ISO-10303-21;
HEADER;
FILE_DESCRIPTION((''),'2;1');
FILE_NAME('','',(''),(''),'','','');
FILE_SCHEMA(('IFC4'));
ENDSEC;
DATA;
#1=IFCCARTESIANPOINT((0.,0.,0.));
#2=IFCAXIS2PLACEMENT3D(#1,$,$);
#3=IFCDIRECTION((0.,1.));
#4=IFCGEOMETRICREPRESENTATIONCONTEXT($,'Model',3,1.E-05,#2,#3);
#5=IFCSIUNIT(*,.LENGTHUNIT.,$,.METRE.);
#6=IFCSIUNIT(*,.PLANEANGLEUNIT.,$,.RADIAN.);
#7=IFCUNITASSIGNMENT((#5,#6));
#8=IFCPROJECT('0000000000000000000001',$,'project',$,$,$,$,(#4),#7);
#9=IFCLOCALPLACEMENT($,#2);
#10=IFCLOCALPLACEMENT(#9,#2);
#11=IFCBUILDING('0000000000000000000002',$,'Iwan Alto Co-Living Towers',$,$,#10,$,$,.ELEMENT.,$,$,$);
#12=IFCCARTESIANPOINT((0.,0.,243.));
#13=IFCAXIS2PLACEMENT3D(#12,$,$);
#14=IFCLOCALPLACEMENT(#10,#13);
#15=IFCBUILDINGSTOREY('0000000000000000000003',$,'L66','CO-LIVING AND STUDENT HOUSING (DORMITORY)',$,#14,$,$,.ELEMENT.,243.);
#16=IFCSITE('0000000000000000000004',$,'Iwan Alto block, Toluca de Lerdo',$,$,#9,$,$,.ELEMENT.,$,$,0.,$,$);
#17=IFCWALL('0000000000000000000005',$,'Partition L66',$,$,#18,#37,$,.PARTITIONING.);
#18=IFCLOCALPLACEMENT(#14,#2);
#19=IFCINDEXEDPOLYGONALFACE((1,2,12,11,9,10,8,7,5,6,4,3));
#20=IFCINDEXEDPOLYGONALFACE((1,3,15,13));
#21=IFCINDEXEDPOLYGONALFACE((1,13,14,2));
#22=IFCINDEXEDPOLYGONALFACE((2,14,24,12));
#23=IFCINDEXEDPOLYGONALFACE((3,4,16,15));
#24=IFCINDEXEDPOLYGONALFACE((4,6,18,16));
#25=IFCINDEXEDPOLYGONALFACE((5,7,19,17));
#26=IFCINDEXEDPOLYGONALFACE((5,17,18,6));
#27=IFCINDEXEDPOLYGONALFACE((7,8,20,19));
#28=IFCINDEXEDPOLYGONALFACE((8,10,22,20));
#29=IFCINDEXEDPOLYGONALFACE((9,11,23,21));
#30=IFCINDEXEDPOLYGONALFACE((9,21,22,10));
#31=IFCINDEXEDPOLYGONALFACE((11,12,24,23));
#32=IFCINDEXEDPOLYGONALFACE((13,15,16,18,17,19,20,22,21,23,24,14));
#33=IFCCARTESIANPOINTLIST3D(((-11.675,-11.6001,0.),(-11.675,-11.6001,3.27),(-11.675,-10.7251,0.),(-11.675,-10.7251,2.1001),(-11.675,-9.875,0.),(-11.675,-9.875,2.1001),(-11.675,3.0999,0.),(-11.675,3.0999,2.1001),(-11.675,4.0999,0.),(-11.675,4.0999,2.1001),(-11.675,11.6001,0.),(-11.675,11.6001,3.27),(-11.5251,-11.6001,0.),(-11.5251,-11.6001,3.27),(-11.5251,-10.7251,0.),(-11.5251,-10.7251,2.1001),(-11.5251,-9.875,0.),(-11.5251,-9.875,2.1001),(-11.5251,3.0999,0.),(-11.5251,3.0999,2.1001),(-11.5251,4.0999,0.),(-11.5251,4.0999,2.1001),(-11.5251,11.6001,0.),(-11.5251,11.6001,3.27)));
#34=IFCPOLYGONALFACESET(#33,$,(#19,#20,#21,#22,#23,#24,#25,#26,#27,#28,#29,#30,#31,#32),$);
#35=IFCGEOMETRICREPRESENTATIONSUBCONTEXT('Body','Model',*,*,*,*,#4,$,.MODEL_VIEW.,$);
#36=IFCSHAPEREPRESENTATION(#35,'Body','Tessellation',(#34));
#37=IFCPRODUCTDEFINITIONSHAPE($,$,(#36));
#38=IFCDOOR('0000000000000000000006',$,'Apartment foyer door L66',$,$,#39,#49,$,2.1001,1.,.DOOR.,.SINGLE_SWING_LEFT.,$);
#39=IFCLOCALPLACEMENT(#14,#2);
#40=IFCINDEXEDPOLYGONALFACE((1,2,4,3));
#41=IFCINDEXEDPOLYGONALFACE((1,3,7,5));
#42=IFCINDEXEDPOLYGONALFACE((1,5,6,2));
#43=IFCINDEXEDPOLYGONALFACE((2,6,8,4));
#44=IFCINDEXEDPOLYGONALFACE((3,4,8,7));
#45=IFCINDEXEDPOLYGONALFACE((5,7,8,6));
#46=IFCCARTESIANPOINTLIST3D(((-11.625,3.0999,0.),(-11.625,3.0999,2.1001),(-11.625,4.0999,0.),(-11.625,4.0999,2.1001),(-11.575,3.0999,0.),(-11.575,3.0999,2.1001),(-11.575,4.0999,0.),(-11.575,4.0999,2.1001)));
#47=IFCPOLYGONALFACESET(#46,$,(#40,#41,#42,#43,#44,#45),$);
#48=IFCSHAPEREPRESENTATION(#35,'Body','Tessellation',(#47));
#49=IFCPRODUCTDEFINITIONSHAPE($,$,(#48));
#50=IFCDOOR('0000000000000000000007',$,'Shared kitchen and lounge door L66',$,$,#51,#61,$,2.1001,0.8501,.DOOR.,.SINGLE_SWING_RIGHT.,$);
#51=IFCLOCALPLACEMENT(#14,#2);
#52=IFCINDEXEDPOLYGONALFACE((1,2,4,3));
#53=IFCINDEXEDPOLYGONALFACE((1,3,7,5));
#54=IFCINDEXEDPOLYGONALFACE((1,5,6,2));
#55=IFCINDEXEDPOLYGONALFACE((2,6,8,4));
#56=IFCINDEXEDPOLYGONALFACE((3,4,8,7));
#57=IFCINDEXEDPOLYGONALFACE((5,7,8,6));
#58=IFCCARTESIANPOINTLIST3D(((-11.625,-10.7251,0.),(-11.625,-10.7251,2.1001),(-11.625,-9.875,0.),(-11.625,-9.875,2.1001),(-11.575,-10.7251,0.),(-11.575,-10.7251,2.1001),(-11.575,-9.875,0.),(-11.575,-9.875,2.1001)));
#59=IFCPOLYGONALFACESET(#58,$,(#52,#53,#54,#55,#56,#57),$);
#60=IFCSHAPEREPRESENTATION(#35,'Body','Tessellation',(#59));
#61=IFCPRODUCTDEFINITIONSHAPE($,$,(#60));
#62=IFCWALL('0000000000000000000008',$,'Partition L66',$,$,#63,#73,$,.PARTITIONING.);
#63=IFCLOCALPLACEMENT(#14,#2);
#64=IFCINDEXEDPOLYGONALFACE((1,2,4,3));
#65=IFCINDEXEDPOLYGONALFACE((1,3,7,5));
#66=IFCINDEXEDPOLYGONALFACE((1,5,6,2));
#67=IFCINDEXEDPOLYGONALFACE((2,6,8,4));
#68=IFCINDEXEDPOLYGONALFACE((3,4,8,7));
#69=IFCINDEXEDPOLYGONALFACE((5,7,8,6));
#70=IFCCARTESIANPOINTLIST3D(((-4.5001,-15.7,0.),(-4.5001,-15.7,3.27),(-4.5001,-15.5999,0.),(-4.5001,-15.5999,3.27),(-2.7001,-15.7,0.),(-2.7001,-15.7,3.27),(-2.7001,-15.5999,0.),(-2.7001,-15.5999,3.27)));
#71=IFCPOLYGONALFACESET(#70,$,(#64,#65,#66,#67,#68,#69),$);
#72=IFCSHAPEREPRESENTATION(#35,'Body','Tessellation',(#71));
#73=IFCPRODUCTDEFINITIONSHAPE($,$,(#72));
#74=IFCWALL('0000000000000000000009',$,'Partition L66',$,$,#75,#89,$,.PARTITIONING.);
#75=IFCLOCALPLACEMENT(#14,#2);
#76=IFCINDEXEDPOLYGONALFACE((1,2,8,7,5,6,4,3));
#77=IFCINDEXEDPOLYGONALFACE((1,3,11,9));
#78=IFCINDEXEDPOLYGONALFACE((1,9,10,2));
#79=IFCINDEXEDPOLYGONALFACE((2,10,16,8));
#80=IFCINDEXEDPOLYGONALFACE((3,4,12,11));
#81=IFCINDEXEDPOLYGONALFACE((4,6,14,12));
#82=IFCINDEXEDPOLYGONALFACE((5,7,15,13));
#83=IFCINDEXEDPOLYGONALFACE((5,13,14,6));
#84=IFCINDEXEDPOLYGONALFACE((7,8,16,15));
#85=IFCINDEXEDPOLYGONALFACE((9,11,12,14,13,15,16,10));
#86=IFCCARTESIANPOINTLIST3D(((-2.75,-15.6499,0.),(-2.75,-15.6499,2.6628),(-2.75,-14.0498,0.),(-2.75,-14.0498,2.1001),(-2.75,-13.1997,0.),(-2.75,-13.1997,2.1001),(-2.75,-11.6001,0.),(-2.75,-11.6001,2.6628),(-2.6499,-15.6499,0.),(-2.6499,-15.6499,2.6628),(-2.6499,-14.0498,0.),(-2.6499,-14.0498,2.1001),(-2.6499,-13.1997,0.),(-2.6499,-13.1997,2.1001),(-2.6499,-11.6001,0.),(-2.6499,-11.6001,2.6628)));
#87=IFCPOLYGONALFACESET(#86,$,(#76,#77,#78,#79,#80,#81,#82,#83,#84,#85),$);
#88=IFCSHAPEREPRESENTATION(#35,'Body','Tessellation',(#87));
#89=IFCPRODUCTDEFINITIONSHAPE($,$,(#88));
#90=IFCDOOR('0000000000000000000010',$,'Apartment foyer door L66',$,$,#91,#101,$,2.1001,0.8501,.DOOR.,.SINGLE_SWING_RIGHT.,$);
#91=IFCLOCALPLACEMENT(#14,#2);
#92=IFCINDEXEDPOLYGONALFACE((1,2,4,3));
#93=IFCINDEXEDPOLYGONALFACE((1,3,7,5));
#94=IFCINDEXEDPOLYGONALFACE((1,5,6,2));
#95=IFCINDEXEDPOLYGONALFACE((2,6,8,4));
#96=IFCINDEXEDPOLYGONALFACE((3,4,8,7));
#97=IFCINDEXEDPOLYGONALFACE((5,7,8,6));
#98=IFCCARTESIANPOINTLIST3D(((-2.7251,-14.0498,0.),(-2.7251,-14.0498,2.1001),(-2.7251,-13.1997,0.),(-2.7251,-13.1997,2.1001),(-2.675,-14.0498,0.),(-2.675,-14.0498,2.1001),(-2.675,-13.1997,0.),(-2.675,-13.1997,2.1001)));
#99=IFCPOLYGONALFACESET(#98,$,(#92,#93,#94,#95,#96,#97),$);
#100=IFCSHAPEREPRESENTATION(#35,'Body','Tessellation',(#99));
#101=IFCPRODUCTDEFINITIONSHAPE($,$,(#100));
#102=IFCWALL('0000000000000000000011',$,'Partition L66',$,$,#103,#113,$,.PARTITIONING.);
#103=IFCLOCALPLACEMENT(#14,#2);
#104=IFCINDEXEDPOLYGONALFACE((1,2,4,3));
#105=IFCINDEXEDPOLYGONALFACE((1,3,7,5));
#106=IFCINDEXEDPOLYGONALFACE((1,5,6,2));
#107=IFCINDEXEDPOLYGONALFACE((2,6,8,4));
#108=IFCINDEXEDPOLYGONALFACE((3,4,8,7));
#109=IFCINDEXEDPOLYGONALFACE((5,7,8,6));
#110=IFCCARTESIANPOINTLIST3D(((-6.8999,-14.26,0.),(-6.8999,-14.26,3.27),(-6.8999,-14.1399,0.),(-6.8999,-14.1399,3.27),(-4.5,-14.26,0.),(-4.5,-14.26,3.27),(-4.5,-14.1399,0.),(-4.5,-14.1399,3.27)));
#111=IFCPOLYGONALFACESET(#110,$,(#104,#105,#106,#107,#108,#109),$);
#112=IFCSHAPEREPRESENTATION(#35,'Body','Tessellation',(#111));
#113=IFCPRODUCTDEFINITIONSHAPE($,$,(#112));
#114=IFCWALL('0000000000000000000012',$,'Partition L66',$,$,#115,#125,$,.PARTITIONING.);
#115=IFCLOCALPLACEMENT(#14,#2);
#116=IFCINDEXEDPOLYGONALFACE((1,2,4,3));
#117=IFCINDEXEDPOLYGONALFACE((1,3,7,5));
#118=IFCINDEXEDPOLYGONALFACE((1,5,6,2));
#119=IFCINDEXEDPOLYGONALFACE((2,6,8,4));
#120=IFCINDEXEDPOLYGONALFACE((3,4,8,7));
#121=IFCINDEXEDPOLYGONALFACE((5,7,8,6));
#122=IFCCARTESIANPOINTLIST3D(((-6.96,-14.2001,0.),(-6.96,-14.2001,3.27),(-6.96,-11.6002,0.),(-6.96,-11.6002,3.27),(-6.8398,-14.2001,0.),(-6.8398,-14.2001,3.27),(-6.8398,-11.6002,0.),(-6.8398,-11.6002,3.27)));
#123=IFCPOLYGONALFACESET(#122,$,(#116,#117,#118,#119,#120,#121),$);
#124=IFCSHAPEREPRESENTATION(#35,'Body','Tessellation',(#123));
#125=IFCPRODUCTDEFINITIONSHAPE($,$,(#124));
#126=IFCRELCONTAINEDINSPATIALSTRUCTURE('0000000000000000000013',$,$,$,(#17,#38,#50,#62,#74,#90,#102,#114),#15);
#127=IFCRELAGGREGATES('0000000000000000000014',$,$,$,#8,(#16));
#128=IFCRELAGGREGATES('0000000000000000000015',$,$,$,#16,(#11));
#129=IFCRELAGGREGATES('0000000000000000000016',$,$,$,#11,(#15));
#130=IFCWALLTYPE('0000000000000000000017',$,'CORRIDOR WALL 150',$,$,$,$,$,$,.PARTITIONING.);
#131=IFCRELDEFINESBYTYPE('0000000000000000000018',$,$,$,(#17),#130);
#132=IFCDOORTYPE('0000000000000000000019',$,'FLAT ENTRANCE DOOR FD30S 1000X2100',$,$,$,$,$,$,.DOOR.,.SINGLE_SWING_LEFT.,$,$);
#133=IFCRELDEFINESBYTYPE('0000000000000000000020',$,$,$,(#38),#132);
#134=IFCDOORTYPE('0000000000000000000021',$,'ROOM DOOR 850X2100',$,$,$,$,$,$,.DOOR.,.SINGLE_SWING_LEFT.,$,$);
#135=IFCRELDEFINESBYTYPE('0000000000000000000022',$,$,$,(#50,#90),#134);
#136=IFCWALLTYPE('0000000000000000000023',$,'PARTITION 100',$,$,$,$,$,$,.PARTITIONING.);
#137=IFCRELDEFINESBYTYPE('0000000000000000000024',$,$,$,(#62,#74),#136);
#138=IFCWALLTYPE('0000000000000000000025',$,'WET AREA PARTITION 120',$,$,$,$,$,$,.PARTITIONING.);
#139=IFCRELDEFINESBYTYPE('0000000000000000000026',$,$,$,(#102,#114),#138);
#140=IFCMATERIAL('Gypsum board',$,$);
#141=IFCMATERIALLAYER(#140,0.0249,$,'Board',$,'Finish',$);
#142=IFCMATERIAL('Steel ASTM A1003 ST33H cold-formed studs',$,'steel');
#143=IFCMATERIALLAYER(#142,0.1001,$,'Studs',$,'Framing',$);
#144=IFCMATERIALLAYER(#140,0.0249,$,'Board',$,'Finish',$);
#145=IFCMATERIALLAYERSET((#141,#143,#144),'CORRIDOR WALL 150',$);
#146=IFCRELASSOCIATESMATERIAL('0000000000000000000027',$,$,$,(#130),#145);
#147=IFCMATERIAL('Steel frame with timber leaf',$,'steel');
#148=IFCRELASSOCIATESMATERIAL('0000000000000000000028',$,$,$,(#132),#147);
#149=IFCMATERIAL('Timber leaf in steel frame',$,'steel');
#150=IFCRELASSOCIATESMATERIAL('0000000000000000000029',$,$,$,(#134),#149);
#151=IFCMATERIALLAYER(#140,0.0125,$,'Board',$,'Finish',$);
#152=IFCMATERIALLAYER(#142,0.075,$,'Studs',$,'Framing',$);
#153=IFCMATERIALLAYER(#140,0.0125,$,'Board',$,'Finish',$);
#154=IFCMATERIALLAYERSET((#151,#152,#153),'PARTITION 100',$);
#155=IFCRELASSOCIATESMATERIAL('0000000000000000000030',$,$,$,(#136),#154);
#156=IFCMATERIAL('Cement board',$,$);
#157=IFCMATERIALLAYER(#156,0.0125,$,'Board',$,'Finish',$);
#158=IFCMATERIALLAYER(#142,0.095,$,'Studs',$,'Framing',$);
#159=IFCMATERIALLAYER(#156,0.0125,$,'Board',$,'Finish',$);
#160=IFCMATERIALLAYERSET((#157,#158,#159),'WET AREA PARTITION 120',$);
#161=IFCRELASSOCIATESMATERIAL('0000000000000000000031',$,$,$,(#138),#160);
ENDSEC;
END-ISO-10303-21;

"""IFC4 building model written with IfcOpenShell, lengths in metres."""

from ifc_helpers import new_model, si_unit, direction, frame, frame_2d, origin, place, context, subcontext, project, spatial, rectangle, extrude, material, layer, layer_set, type_object, element, fill, save


model = new_model("IFC4")

# Units and contexts
model_context = context("Model", 3, precision=1e-05, world=origin(), true_north=direction((0.0, 1.0)))
body_context = subcontext(model_context, "Body", "Model", "MODEL_VIEW")
ifc_project = project(units=[si_unit("LENGTHUNIT", "METRE"), si_unit("PLANEANGLEUNIT", "RADIAN")], contexts=[model_context])

# Site, building, storey
site_placement = place(None, origin())
site = spatial("IfcSite", under=ifc_project, at=site_placement, Name="Iwan Alto block, Toluca de Lerdo", CompositionType="ELEMENT", RefElevation=0.0)
building_placement = place(site_placement, origin())
building = spatial("IfcBuilding", under=site, at=building_placement, Name="Iwan Alto Co-Living Towers", CompositionType="ELEMENT")
storey_placement = place(building_placement, frame((0.0, 0.0, 243.0)))
storey = spatial("IfcBuildingStorey", under=building, at=storey_placement, Name="L66", Description="CO-LIVING AND STUDENT HOUSING (DORMITORY)", CompositionType="ELEMENT", Elevation=243.0)

# Wall, openings, doors
ifc_material_1 = material(Name="Gypsum board")
ifc_layer_1 = layer(ifc_material_1, 0.0249, Name="Board", Category="Finish")
ifc_material_2 = material(Name="Steel ASTM A1003 ST33H cold-formed studs", Category="steel")
ifc_layer_2 = layer(ifc_material_2, 0.1001, Name="Studs", Category="Framing")
ifc_layer_3 = layer(ifc_material_1, 0.0249, Name="Board", Category="Finish")
ifc_layer_set_1 = layer_set([ifc_layer_1, ifc_layer_2, ifc_layer_3], Name="CORRIDOR WALL 150")
wall_type_1 = type_object("IfcWallType", Name="CORRIDOR WALL 150", PredefinedType="PARTITIONING", material=ifc_layer_set_1)
ifc_material_3 = material(Name="Steel frame with timber leaf", Category="steel")
door_type_1 = type_object("IfcDoorType", Name="FLAT ENTRANCE DOOR FD30S 1000X2100", OperationType="SINGLE_SWING_LEFT", PredefinedType="DOOR", material=ifc_material_3)
wall_1_placement = place(storey_placement, frame((-11.6001, -11.6001, 0.0), z_axis=(0.0, 0.0, 1.0), x_axis=(0.0, 1.0, 0.0)))
wall_1 = element("IfcWall", 1, at=wall_1_placement, inside=storey, type_object=wall_type_1, Name="Partition L66", PredefinedType="PARTITIONING", context=body_context, shape_type="SweptSolid", body=[
    extrude(rectangle(XDim=23.2002, YDim=0.1499, at=frame_2d((11.6001, 0.0))), origin(), (0.0, 0.0, 1.0), 3.27),
])
opening_1_placement = place(wall_1_placement, frame((14.7, 0.0, 0.0)))
opening_1 = element("IfcOpeningElement", 2, at=opening_1_placement, cuts=wall_1, PredefinedType="OPENING", context=body_context, shape_type="SweptSolid", body=[
    extrude(rectangle(XDim=1.0, YDim=2.1001, at=frame_2d((0.5, 1.05))), frame((0.0, 0.085, 0.0), z_axis=(0.0, -1.0, 0.0), x_axis=(1.0, 0.0, 0.0)), (0.0, 0.0, 1.0), 0.1699),
])
opening_2_placement = place(wall_1_placement, frame((0.875, 0.0, 0.0)))
opening_2 = element("IfcOpeningElement", 3, at=opening_2_placement, cuts=wall_1, PredefinedType="OPENING", context=body_context, shape_type="SweptSolid", body=[
    extrude(rectangle(XDim=0.8501, YDim=2.1001, at=frame_2d((0.425, 1.05))), frame((0.0, 0.085, 0.0), z_axis=(0.0, -1.0, 0.0), x_axis=(1.0, 0.0, 0.0)), (0.0, 0.0, 1.0), 0.1699),
])
door_1_placement = place(opening_1_placement, origin())
door_1 = element("IfcDoor", 4, at=door_1_placement, inside=storey, type_object=door_type_1, Name="Apartment foyer door L66", OperationType="SINGLE_SWING_LEFT", OverallHeight=2.1001, OverallWidth=1.0, PredefinedType="DOOR", context=body_context, shape_type="SweptSolid", body=[
    extrude(rectangle(XDim=1.0, YDim=2.1001, at=frame_2d((0.5, 1.05))), frame((0.0, 0.0249, 0.0), z_axis=(0.0, -1.0, 0.0), x_axis=(1.0, 0.0, 0.0)), (0.0, 0.0, 1.0), 0.05),
])
fill(opening_1, door_1)
ifc_material_4 = material(Name="Timber leaf in steel frame", Category="steel")
door_type_2 = type_object("IfcDoorType", Name="ROOM DOOR 850X2100", OperationType="SINGLE_SWING_LEFT", PredefinedType="DOOR", material=ifc_material_4)
door_2_placement = place(opening_2_placement, origin())
door_2 = element("IfcDoor", 5, at=door_2_placement, inside=storey, type_object=door_type_2, Name="Shared kitchen and lounge door L66", OperationType="SINGLE_SWING_RIGHT", OverallHeight=2.1001, OverallWidth=0.8501, PredefinedType="DOOR", context=body_context, shape_type="SweptSolid", body=[
    extrude(rectangle(XDim=0.8501, YDim=2.1001, at=frame_2d((0.425, 1.05))), frame((0.0, 0.0249, 0.0), z_axis=(0.0, -1.0, 0.0), x_axis=(1.0, 0.0, 0.0)), (0.0, 0.0, 1.0), 0.05),
])
fill(opening_2, door_2)

# Wall
ifc_layer_4 = layer(ifc_material_1, 0.0125, Name="Board", Category="Finish")
ifc_layer_5 = layer(ifc_material_2, 0.075, Name="Studs", Category="Framing")
ifc_layer_6 = layer(ifc_material_1, 0.0125, Name="Board", Category="Finish")
ifc_layer_set_2 = layer_set([ifc_layer_4, ifc_layer_5, ifc_layer_6], Name="PARTITION 100")
wall_type_2 = type_object("IfcWallType", Name="PARTITION 100", PredefinedType="PARTITIONING", material=ifc_layer_set_2)
wall_2_placement = place(storey_placement, frame((-4.5, -15.6499, 0.0), z_axis=(0.0, 0.0, 1.0), x_axis=(1.0, 0.0, 0.0)))
element("IfcWall", 6, at=wall_2_placement, inside=storey, type_object=wall_type_2, Name="Partition L66", PredefinedType="PARTITIONING", context=body_context, shape_type="SweptSolid", body=[
    extrude(rectangle(XDim=1.8, YDim=0.1001, at=frame_2d((0.8999, 0.0))), origin(), (0.0, 0.0, 1.0), 3.27),
])

# Wall, opening, door
wall_3_placement = place(storey_placement, frame((-2.7, -15.6499, 0.0), z_axis=(0.0, 0.0, 1.0), x_axis=(0.0, 1.0, 0.0)))
wall_3 = element("IfcWall", 7, at=wall_3_placement, inside=storey, type_object=wall_type_2, Name="Partition L66", PredefinedType="PARTITIONING", context=body_context, shape_type="SweptSolid", body=[
    extrude(rectangle(XDim=4.0498, YDim=0.1001, at=frame_2d((2.0249, 0.0))), origin(), (0.0, 0.0, 1.0), 2.6628),
])
opening_3_placement = place(wall_3_placement, frame((1.6001, 0.0, 0.0)))
opening_3 = element("IfcOpeningElement", 8, at=opening_3_placement, cuts=wall_3, PredefinedType="OPENING", context=body_context, shape_type="SweptSolid", body=[
    extrude(rectangle(XDim=0.8501, YDim=2.1001, at=frame_2d((0.425, 1.05))), frame((0.0, 0.0601, 0.0), z_axis=(0.0, -1.0, 0.0), x_axis=(1.0, 0.0, 0.0)), (0.0, 0.0, 1.0), 0.1201),
])
door_3_placement = place(opening_3_placement, frame((0.8501, 0.0, 0.0), z_axis=(0.0, 0.0, 1.0), x_axis=(-1.0, 0.0, 0.0)))
door_3 = element("IfcDoor", 9, at=door_3_placement, inside=storey, type_object=door_type_2, Name="Apartment foyer door L66", OperationType="SINGLE_SWING_RIGHT", OverallHeight=2.1001, OverallWidth=0.8501, PredefinedType="DOOR", context=body_context, shape_type="SweptSolid", body=[
    extrude(rectangle(XDim=0.8501, YDim=2.1001, at=frame_2d((0.425, 1.05))), frame((0.0, 0.0249, 0.0), z_axis=(0.0, -1.0, 0.0), x_axis=(1.0, 0.0, 0.0)), (0.0, 0.0, 1.0), 0.05),
])
fill(opening_3, door_3)

# Walls
ifc_material_5 = material(Name="Cement board")
ifc_layer_7 = layer(ifc_material_5, 0.0125, Name="Board", Category="Finish")
ifc_layer_8 = layer(ifc_material_2, 0.095, Name="Studs", Category="Framing")
ifc_layer_9 = layer(ifc_material_5, 0.0125, Name="Board", Category="Finish")
ifc_layer_set_3 = layer_set([ifc_layer_7, ifc_layer_8, ifc_layer_9], Name="WET AREA PARTITION 120")
wall_type_3 = type_object("IfcWallType", Name="WET AREA PARTITION 120", PredefinedType="PARTITIONING", material=ifc_layer_set_3)
wall_4_placement = place(storey_placement, frame((-6.8999, -14.2, 0.0), z_axis=(0.0, 0.0, 1.0), x_axis=(1.0, 0.0, 0.0)))
element("IfcWall", 10, at=wall_4_placement, inside=storey, type_object=wall_type_3, Name="Partition L66", PredefinedType="PARTITIONING", context=body_context, shape_type="SweptSolid", body=[
    extrude(rectangle(XDim=2.3999, YDim=0.1201, at=frame_2d((1.2, 0.0))), origin(), (0.0, 0.0, 1.0), 3.27),
])
wall_5_placement = place(storey_placement, frame((-6.8999, -14.2, 0.0), z_axis=(0.0, 0.0, 1.0), x_axis=(0.0, 1.0, 0.0)))
element("IfcWall", 11, at=wall_5_placement, inside=storey, type_object=wall_type_3, Name="Partition L66", PredefinedType="PARTITIONING", context=body_context, shape_type="SweptSolid", body=[
    extrude(rectangle(XDim=2.5999, YDim=0.1201, at=frame_2d((1.2998, 0.0))), origin(), (0.0, 0.0, 1.0), 3.27),
])

save(model, "model.ifc")
